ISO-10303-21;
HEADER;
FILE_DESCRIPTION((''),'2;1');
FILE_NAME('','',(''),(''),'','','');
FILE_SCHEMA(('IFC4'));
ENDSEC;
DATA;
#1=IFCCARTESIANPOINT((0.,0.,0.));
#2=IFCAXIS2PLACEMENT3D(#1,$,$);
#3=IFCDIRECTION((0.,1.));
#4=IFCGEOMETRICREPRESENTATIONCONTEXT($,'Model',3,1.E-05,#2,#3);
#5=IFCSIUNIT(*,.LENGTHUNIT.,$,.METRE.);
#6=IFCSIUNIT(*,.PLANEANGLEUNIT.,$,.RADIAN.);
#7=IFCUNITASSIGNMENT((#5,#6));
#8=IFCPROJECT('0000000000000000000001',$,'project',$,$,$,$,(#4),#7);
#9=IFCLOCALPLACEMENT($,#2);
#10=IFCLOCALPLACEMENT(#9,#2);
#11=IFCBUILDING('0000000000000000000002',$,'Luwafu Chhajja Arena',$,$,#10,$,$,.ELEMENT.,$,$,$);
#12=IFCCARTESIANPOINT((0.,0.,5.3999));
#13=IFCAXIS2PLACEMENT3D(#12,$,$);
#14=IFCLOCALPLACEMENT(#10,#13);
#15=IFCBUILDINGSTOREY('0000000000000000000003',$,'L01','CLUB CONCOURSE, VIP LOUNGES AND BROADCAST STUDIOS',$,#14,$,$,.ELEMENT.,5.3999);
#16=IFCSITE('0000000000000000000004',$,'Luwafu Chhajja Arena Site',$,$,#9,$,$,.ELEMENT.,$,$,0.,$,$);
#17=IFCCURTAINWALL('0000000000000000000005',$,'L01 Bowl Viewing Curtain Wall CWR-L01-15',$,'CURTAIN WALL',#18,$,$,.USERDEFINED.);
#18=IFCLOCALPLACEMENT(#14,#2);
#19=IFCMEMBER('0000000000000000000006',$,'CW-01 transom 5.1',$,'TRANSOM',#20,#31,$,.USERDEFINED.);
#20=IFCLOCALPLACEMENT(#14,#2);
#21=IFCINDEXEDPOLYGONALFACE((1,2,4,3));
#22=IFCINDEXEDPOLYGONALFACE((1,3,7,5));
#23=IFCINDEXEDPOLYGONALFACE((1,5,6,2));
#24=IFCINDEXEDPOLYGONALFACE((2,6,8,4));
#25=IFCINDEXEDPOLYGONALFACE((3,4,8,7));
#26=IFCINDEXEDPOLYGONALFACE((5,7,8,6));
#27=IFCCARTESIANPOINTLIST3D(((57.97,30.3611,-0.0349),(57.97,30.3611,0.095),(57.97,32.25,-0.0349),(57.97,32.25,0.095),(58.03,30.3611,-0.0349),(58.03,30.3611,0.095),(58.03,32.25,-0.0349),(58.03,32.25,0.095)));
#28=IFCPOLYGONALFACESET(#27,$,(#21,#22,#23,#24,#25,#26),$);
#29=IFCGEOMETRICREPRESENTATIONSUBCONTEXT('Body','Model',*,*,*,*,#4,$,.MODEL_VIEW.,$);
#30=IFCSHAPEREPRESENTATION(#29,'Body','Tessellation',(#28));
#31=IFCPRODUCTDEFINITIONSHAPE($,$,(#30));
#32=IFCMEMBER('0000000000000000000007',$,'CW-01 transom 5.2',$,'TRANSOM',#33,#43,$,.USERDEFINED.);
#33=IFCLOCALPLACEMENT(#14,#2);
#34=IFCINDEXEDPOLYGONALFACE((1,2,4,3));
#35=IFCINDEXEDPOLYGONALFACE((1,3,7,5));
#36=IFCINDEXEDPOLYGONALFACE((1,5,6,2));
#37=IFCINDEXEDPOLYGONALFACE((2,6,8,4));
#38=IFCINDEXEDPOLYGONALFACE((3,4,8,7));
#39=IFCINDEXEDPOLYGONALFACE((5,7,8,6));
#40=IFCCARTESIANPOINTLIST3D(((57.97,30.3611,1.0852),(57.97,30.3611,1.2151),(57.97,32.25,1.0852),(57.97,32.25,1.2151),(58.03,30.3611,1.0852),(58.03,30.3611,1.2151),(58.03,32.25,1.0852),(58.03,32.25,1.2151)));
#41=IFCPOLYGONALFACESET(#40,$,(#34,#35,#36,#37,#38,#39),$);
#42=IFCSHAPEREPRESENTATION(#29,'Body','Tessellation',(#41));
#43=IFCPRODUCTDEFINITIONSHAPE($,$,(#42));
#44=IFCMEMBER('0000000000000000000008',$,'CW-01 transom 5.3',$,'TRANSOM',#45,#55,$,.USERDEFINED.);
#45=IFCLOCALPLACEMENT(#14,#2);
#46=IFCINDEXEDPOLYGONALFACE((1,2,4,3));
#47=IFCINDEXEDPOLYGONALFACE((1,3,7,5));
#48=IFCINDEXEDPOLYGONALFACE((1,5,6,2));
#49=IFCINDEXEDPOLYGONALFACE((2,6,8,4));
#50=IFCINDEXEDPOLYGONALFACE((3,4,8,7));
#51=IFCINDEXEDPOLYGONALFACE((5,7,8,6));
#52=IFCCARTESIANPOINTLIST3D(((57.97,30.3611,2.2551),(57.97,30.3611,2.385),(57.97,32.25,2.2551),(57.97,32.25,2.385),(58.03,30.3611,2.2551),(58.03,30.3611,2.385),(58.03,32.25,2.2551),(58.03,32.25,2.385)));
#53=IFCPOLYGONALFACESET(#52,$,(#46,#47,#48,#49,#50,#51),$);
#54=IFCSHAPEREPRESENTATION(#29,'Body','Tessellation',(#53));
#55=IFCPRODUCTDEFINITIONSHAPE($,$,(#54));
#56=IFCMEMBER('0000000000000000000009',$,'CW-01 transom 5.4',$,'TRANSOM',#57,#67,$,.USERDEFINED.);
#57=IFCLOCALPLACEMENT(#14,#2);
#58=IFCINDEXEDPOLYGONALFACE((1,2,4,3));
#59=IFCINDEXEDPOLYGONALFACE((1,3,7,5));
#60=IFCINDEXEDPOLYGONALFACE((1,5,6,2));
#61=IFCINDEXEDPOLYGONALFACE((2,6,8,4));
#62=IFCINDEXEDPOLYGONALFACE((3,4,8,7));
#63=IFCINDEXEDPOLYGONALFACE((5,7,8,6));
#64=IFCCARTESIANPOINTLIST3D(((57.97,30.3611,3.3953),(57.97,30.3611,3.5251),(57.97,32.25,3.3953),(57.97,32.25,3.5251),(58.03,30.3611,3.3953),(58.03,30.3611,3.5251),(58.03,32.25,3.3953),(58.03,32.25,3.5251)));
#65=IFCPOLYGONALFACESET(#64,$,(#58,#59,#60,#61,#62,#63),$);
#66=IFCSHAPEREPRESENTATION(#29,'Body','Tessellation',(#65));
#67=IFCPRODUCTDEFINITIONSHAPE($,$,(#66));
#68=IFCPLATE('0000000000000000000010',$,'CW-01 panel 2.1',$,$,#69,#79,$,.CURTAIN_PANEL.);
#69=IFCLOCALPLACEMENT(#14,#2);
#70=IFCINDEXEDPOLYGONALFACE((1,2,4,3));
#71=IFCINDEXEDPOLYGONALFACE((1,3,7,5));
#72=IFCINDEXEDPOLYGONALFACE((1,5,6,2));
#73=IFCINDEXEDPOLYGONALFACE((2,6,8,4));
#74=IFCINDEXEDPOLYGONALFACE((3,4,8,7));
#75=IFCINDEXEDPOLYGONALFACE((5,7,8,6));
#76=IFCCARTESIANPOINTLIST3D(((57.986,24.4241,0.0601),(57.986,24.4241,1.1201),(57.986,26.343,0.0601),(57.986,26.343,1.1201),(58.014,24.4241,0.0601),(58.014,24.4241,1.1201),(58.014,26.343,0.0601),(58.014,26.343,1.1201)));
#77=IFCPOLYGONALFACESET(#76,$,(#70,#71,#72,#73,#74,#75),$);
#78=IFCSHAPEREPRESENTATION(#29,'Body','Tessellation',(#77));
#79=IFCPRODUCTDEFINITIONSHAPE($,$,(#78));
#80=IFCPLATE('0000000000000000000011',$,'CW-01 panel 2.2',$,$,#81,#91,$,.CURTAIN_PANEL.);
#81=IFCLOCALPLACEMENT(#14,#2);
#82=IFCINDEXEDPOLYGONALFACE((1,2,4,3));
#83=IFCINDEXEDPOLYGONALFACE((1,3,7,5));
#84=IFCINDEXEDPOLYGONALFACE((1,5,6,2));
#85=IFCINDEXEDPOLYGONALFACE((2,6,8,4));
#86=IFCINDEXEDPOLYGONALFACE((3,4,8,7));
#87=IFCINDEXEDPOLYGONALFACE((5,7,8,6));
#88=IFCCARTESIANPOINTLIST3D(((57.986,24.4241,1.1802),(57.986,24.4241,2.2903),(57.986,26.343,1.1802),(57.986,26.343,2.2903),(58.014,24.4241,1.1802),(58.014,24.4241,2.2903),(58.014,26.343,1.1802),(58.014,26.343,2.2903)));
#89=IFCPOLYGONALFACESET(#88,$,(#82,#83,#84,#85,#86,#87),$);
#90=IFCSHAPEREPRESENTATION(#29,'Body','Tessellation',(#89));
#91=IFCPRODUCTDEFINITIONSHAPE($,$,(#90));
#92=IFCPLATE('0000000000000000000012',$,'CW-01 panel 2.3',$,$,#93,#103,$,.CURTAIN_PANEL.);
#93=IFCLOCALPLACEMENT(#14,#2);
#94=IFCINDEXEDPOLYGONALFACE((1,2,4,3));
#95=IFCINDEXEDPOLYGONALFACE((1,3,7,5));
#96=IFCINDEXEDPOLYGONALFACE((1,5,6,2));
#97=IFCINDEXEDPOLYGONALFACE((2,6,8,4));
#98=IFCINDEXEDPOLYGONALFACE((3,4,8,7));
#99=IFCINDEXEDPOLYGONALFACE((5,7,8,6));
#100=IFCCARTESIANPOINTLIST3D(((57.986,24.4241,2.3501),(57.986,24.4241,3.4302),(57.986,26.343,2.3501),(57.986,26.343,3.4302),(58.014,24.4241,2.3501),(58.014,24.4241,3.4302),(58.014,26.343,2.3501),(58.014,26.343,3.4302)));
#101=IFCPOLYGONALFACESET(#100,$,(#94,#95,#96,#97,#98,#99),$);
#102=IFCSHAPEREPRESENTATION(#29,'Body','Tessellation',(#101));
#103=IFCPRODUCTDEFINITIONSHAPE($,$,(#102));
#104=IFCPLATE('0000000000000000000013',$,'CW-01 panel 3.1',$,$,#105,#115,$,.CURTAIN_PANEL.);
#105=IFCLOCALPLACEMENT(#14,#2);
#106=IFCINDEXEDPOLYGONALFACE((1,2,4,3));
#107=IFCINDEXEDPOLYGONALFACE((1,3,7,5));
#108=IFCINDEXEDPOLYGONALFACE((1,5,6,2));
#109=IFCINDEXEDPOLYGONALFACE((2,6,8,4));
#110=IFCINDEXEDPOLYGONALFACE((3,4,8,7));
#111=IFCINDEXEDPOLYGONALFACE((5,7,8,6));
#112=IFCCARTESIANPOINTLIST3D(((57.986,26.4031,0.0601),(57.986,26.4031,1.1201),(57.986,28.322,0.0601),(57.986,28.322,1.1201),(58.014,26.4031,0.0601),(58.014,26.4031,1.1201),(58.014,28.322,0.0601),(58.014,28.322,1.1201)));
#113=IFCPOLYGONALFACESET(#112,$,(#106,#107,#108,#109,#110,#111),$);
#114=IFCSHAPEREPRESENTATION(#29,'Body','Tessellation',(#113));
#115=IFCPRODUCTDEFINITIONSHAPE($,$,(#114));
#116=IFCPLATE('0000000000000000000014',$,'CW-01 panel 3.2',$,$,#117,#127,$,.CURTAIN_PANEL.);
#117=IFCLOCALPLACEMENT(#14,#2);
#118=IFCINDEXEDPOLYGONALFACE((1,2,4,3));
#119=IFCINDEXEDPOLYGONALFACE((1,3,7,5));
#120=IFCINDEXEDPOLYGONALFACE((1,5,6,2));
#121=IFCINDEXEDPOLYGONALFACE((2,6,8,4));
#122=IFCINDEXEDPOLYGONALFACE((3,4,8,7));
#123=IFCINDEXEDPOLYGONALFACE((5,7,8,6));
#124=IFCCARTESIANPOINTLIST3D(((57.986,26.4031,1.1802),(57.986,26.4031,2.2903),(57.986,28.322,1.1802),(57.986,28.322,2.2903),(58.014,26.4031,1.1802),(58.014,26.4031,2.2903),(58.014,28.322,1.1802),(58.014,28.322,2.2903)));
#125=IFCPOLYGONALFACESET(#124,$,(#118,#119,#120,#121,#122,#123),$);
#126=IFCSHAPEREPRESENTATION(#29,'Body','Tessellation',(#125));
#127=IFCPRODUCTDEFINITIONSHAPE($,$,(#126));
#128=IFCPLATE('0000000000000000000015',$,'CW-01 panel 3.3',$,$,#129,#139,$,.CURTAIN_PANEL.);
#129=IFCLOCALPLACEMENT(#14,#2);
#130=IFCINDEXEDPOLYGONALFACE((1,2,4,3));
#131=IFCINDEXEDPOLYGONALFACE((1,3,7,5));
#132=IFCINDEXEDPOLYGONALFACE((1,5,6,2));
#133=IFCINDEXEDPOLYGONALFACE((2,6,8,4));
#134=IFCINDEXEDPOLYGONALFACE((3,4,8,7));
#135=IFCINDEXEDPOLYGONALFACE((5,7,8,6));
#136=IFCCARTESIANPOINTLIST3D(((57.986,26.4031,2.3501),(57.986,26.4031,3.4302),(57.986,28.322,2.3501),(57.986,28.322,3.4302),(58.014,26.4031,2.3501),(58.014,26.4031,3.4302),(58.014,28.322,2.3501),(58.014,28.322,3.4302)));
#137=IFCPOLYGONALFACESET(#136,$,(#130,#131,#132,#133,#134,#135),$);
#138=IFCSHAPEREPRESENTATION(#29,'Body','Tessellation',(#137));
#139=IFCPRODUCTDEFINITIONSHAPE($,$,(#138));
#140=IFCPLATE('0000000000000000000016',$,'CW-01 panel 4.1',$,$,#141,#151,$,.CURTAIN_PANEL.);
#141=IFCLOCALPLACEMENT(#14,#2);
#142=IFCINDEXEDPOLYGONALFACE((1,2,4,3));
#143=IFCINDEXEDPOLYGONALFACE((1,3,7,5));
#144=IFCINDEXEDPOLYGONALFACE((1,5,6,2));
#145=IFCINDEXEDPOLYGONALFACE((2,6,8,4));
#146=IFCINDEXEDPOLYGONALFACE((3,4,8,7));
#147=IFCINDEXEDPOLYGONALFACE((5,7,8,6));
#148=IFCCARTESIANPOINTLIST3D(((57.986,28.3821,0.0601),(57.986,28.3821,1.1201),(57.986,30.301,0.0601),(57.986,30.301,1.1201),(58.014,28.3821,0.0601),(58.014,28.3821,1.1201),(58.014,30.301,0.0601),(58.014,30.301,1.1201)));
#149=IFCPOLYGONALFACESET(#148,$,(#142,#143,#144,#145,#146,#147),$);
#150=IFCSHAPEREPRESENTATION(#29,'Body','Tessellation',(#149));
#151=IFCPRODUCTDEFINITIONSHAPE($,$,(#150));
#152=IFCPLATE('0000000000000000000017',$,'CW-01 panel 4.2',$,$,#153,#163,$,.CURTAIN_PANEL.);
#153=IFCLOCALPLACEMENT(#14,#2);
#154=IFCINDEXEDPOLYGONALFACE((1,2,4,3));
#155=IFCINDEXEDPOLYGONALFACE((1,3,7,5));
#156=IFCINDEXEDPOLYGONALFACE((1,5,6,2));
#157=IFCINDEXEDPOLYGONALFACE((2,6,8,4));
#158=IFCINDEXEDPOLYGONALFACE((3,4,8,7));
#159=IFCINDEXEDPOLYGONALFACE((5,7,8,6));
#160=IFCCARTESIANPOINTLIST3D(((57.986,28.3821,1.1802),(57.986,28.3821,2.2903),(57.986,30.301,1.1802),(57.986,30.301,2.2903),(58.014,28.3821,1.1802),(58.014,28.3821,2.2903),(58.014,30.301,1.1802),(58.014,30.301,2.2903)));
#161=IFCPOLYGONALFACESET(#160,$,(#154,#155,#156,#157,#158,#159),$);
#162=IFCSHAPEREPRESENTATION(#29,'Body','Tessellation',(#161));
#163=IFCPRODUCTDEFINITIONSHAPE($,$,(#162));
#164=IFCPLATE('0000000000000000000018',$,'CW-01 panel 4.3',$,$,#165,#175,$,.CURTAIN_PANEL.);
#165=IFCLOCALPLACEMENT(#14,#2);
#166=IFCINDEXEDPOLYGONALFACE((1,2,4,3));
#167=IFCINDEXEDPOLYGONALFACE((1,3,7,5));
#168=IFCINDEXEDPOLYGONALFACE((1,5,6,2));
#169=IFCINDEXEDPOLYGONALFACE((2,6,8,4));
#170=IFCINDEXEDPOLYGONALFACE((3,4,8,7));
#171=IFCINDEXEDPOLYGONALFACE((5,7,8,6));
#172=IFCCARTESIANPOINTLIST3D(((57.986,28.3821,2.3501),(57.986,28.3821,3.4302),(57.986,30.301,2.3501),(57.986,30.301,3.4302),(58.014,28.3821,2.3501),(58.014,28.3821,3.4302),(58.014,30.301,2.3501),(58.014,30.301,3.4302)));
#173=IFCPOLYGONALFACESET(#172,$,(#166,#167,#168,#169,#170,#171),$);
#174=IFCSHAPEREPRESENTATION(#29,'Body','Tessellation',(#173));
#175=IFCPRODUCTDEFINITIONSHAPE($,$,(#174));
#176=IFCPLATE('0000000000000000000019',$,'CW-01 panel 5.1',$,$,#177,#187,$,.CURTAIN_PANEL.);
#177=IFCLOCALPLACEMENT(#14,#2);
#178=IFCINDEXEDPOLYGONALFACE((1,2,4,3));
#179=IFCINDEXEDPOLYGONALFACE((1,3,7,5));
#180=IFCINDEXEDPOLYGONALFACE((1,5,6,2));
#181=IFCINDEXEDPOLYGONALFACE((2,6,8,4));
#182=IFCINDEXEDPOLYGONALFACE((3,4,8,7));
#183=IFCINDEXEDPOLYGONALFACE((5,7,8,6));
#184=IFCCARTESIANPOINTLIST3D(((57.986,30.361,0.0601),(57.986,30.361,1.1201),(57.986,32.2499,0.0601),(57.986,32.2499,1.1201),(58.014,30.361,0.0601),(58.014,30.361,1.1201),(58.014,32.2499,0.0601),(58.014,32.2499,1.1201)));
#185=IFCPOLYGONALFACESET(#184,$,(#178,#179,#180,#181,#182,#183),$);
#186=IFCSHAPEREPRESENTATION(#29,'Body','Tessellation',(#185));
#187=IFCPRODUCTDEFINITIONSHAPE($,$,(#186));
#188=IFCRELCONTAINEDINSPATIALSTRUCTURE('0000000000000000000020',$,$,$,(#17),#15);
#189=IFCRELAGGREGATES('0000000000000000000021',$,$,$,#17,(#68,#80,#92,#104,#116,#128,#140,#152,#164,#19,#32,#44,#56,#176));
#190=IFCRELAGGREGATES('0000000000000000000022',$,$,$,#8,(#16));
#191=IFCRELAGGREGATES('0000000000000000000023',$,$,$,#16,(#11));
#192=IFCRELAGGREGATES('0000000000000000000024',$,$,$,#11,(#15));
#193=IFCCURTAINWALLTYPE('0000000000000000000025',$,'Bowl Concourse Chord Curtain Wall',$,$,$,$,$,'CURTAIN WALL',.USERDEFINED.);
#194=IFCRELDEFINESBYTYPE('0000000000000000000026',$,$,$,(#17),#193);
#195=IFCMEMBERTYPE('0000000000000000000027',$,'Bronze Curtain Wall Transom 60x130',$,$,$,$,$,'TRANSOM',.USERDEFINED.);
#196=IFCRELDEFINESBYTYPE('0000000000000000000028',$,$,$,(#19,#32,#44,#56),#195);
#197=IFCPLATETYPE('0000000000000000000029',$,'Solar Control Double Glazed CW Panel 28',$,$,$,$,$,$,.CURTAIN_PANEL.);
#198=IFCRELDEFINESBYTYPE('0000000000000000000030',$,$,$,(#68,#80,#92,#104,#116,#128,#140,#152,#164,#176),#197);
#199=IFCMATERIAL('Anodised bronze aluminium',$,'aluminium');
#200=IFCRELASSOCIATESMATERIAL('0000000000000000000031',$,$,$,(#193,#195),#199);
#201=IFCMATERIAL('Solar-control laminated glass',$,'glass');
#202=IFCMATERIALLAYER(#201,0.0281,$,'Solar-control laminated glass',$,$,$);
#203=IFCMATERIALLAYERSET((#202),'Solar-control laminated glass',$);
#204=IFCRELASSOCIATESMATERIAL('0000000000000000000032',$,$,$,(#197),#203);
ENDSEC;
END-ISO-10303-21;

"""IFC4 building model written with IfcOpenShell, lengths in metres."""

from ifc_helpers import new_model, si_unit, direction, frame, origin, origin_2d, place, context, subcontext, project, spatial, rectangle, extrude, material, layer, layer_set, material_profile, profile_set, type_object, element, aggregate, save


model = new_model("IFC4")

# Units and contexts
model_context = context("Model", 3, precision=1e-05, world=origin(), true_north=direction((0.0, 1.0)))
body_context = subcontext(model_context, "Body", "Model", "MODEL_VIEW")
ifc_project = project(units=[si_unit("LENGTHUNIT", "METRE"), si_unit("PLANEANGLEUNIT", "RADIAN")], contexts=[model_context])

# Site, building, storey
site_placement = place(None, origin())
site = spatial("IfcSite", under=ifc_project, at=site_placement, Name="Luwafu Chhajja Arena Site", CompositionType="ELEMENT", RefElevation=0.0)
building_placement = place(site_placement, origin())
building = spatial("IfcBuilding", under=site, at=building_placement, Name="Luwafu Chhajja Arena", CompositionType="ELEMENT")
storey_placement = place(building_placement, frame((0.0, 0.0, 5.3999)))
storey = spatial("IfcBuildingStorey", under=building, at=storey_placement, Name="L01", Description="CLUB CONCOURSE, VIP LOUNGES AND BROADCAST STUDIOS", CompositionType="ELEMENT", Elevation=5.3999)

# Curtain wall, members, plates
ifc_material_1 = material(Name="Anodised bronze aluminium", Category="aluminium")
curtain_wall_type = type_object("IfcCurtainWallType", Name="Bowl Concourse Chord Curtain Wall", ElementType="CURTAIN WALL", PredefinedType="USERDEFINED", material=ifc_material_1)
curtain_wall_placement = place(storey_placement, origin())
curtain_wall = element("IfcCurtainWall", 1, at=curtain_wall_placement, inside=storey, type_object=curtain_wall_type, Name="L01 Bowl Viewing Curtain Wall CWR-L01-15", ObjectType="CURTAIN WALL", PredefinedType="USERDEFINED")
ifc_material_profile_1 = material_profile(ifc_material_1, rectangle(XDim=0.0601, YDim=0.1299, at=origin_2d()), Name="CWT 60x130")
ifc_profile_set_1 = profile_set([ifc_material_profile_1], Name="Anodised bronze aluminium")
member_type_1 = type_object("IfcMemberType", Name="Bronze Curtain Wall Transom 60x130", ElementType="TRANSOM", PredefinedType="USERDEFINED", material=ifc_profile_set_1)
member_1_placement = place(storey_placement, frame((58.0, 30.3611, 0.03), z_axis=(0.0, 1.0, 0.0), x_axis=(-1.0, 0.0, 0.0)))
member_1 = element("IfcMember", 2, at=member_1_placement, type_object=member_type_1, Name="CW-01 transom 5.1", ObjectType="TRANSOM", PredefinedType="USERDEFINED", context=body_context, shape_type="SweptSolid", body=[
    extrude(rectangle(XDim=0.0601, YDim=0.1299, at=origin_2d()), origin(), (0.0, 0.0, 1.0), 1.8889),
])
member_2_placement = place(storey_placement, frame((58.0, 30.3611, 1.1501), z_axis=(0.0, 1.0, 0.0), x_axis=(-1.0, 0.0, 0.0)))
member_2 = element("IfcMember", 3, at=member_2_placement, type_object=member_type_1, Name="CW-01 transom 5.2", ObjectType="TRANSOM", PredefinedType="USERDEFINED", context=body_context, shape_type="SweptSolid", body=[
    extrude(rectangle(XDim=0.0601, YDim=0.1299, at=origin_2d()), origin(), (0.0, 0.0, 1.0), 1.8889),
])
member_3_placement = place(storey_placement, frame((58.0, 30.3611, 2.3201), z_axis=(0.0, 1.0, 0.0), x_axis=(-1.0, 0.0, 0.0)))
member_3 = element("IfcMember", 4, at=member_3_placement, type_object=member_type_1, Name="CW-01 transom 5.3", ObjectType="TRANSOM", PredefinedType="USERDEFINED", context=body_context, shape_type="SweptSolid", body=[
    extrude(rectangle(XDim=0.0601, YDim=0.1299, at=origin_2d()), origin(), (0.0, 0.0, 1.0), 1.8889),
])
member_4_placement = place(storey_placement, frame((58.0, 30.3611, 3.4602), z_axis=(0.0, 1.0, 0.0), x_axis=(-1.0, 0.0, 0.0)))
member_4 = element("IfcMember", 5, at=member_4_placement, type_object=member_type_1, Name="CW-01 transom 5.4", ObjectType="TRANSOM", PredefinedType="USERDEFINED", context=body_context, shape_type="SweptSolid", body=[
    extrude(rectangle(XDim=0.0601, YDim=0.1299, at=origin_2d()), origin(), (0.0, 0.0, 1.0), 1.8889),
])
ifc_material_2 = material(Name="Solar-control laminated glass", Category="glass")
ifc_layer = layer(ifc_material_2, 0.0281, Name="Solar-control laminated glass")
ifc_layer_set = layer_set([ifc_layer], Name="Solar-control laminated glass")
plate_type = type_object("IfcPlateType", Name="Solar Control Double Glazed CW Panel 28", PredefinedType="CURTAIN_PANEL", material=ifc_layer_set)
plate_1_placement = place(storey_placement, frame((58.0, 25.3835, 0.0601), z_axis=(0.0, 0.0, 1.0), x_axis=(0.0, 1.0, 0.0)))
plate_1 = element("IfcPlate", 6, at=plate_1_placement, type_object=plate_type, Name="CW-01 panel 2.1", PredefinedType="CURTAIN_PANEL", context=body_context, shape_type="SweptSolid", body=[
    extrude(rectangle(XDim=1.9189, YDim=0.0281, at=origin_2d()), origin(), (0.0, 0.0, 1.0), 1.0601),
])
plate_2_placement = place(storey_placement, frame((58.0, 25.3835, 1.1802), z_axis=(0.0, 0.0, 1.0), x_axis=(0.0, 1.0, 0.0)))
plate_2 = element("IfcPlate", 7, at=plate_2_placement, type_object=plate_type, Name="CW-01 panel 2.2", PredefinedType="CURTAIN_PANEL", context=body_context, shape_type="SweptSolid", body=[
    extrude(rectangle(XDim=1.9189, YDim=0.0281, at=origin_2d()), origin(), (0.0, 0.0, 1.0), 1.1101),
])
plate_3_placement = place(storey_placement, frame((58.0, 25.3835, 2.3501), z_axis=(0.0, 0.0, 1.0), x_axis=(0.0, 1.0, 0.0)))
plate_3 = element("IfcPlate", 8, at=plate_3_placement, type_object=plate_type, Name="CW-01 panel 2.3", PredefinedType="CURTAIN_PANEL", context=body_context, shape_type="SweptSolid", body=[
    extrude(rectangle(XDim=1.9189, YDim=0.0281, at=origin_2d()), origin(), (0.0, 0.0, 1.0), 1.0801),
])
plate_4_placement = place(storey_placement, frame((58.0, 27.3625, 0.0601), z_axis=(0.0, 0.0, 1.0), x_axis=(0.0, 1.0, 0.0)))
plate_4 = element("IfcPlate", 9, at=plate_4_placement, type_object=plate_type, Name="CW-01 panel 3.1", PredefinedType="CURTAIN_PANEL", context=body_context, shape_type="SweptSolid", body=[
    extrude(rectangle(XDim=1.9189, YDim=0.0281, at=origin_2d()), origin(), (0.0, 0.0, 1.0), 1.0601),
])
plate_5_placement = place(storey_placement, frame((58.0, 27.3625, 1.1802), z_axis=(0.0, 0.0, 1.0), x_axis=(0.0, 1.0, 0.0)))
plate_5 = element("IfcPlate", 10, at=plate_5_placement, type_object=plate_type, Name="CW-01 panel 3.2", PredefinedType="CURTAIN_PANEL", context=body_context, shape_type="SweptSolid", body=[
    extrude(rectangle(XDim=1.9189, YDim=0.0281, at=origin_2d()), origin(), (0.0, 0.0, 1.0), 1.1101),
])
plate_6_placement = place(storey_placement, frame((58.0, 27.3625, 2.3501), z_axis=(0.0, 0.0, 1.0), x_axis=(0.0, 1.0, 0.0)))
plate_6 = element("IfcPlate", 11, at=plate_6_placement, type_object=plate_type, Name="CW-01 panel 3.3", PredefinedType="CURTAIN_PANEL", context=body_context, shape_type="SweptSolid", body=[
    extrude(rectangle(XDim=1.9189, YDim=0.0281, at=origin_2d()), origin(), (0.0, 0.0, 1.0), 1.0801),
])
plate_7_placement = place(storey_placement, frame((58.0, 29.3416, 0.0601), z_axis=(0.0, 0.0, 1.0), x_axis=(0.0, 1.0, 0.0)))
plate_7 = element("IfcPlate", 12, at=plate_7_placement, type_object=plate_type, Name="CW-01 panel 4.1", PredefinedType="CURTAIN_PANEL", context=body_context, shape_type="SweptSolid", body=[
    extrude(rectangle(XDim=1.9189, YDim=0.0281, at=origin_2d()), origin(), (0.0, 0.0, 1.0), 1.0601),
])
plate_8_placement = place(storey_placement, frame((58.0, 29.3416, 1.1802), z_axis=(0.0, 0.0, 1.0), x_axis=(0.0, 1.0, 0.0)))
plate_8 = element("IfcPlate", 13, at=plate_8_placement, type_object=plate_type, Name="CW-01 panel 4.2", PredefinedType="CURTAIN_PANEL", context=body_context, shape_type="SweptSolid", body=[
    extrude(rectangle(XDim=1.9189, YDim=0.0281, at=origin_2d()), origin(), (0.0, 0.0, 1.0), 1.1101),
])
plate_9_placement = place(storey_placement, frame((58.0, 29.3416, 2.3501), z_axis=(0.0, 0.0, 1.0), x_axis=(0.0, 1.0, 0.0)))
plate_9 = element("IfcPlate", 14, at=plate_9_placement, type_object=plate_type, Name="CW-01 panel 4.3", PredefinedType="CURTAIN_PANEL", context=body_context, shape_type="SweptSolid", body=[
    extrude(rectangle(XDim=1.9189, YDim=0.0281, at=origin_2d()), origin(), (0.0, 0.0, 1.0), 1.0801),
])
plate_10_placement = place(storey_placement, frame((58.0, 31.3054, 0.0601), z_axis=(0.0, 0.0, 1.0), x_axis=(0.0, 1.0, 0.0)))
plate_10 = element("IfcPlate", 15, at=plate_10_placement, type_object=plate_type, Name="CW-01 panel 5.1", PredefinedType="CURTAIN_PANEL", context=body_context, shape_type="SweptSolid", body=[
    extrude(rectangle(XDim=1.8889, YDim=0.0281, at=origin_2d()), origin(), (0.0, 0.0, 1.0), 1.0601),
])
aggregate(curtain_wall, [plate_1, plate_2, plate_3, plate_4, plate_5, plate_6, plate_7, plate_8, plate_9, member_1, member_2, member_3, member_4, plate_10])

save(model, "model.ifc")
